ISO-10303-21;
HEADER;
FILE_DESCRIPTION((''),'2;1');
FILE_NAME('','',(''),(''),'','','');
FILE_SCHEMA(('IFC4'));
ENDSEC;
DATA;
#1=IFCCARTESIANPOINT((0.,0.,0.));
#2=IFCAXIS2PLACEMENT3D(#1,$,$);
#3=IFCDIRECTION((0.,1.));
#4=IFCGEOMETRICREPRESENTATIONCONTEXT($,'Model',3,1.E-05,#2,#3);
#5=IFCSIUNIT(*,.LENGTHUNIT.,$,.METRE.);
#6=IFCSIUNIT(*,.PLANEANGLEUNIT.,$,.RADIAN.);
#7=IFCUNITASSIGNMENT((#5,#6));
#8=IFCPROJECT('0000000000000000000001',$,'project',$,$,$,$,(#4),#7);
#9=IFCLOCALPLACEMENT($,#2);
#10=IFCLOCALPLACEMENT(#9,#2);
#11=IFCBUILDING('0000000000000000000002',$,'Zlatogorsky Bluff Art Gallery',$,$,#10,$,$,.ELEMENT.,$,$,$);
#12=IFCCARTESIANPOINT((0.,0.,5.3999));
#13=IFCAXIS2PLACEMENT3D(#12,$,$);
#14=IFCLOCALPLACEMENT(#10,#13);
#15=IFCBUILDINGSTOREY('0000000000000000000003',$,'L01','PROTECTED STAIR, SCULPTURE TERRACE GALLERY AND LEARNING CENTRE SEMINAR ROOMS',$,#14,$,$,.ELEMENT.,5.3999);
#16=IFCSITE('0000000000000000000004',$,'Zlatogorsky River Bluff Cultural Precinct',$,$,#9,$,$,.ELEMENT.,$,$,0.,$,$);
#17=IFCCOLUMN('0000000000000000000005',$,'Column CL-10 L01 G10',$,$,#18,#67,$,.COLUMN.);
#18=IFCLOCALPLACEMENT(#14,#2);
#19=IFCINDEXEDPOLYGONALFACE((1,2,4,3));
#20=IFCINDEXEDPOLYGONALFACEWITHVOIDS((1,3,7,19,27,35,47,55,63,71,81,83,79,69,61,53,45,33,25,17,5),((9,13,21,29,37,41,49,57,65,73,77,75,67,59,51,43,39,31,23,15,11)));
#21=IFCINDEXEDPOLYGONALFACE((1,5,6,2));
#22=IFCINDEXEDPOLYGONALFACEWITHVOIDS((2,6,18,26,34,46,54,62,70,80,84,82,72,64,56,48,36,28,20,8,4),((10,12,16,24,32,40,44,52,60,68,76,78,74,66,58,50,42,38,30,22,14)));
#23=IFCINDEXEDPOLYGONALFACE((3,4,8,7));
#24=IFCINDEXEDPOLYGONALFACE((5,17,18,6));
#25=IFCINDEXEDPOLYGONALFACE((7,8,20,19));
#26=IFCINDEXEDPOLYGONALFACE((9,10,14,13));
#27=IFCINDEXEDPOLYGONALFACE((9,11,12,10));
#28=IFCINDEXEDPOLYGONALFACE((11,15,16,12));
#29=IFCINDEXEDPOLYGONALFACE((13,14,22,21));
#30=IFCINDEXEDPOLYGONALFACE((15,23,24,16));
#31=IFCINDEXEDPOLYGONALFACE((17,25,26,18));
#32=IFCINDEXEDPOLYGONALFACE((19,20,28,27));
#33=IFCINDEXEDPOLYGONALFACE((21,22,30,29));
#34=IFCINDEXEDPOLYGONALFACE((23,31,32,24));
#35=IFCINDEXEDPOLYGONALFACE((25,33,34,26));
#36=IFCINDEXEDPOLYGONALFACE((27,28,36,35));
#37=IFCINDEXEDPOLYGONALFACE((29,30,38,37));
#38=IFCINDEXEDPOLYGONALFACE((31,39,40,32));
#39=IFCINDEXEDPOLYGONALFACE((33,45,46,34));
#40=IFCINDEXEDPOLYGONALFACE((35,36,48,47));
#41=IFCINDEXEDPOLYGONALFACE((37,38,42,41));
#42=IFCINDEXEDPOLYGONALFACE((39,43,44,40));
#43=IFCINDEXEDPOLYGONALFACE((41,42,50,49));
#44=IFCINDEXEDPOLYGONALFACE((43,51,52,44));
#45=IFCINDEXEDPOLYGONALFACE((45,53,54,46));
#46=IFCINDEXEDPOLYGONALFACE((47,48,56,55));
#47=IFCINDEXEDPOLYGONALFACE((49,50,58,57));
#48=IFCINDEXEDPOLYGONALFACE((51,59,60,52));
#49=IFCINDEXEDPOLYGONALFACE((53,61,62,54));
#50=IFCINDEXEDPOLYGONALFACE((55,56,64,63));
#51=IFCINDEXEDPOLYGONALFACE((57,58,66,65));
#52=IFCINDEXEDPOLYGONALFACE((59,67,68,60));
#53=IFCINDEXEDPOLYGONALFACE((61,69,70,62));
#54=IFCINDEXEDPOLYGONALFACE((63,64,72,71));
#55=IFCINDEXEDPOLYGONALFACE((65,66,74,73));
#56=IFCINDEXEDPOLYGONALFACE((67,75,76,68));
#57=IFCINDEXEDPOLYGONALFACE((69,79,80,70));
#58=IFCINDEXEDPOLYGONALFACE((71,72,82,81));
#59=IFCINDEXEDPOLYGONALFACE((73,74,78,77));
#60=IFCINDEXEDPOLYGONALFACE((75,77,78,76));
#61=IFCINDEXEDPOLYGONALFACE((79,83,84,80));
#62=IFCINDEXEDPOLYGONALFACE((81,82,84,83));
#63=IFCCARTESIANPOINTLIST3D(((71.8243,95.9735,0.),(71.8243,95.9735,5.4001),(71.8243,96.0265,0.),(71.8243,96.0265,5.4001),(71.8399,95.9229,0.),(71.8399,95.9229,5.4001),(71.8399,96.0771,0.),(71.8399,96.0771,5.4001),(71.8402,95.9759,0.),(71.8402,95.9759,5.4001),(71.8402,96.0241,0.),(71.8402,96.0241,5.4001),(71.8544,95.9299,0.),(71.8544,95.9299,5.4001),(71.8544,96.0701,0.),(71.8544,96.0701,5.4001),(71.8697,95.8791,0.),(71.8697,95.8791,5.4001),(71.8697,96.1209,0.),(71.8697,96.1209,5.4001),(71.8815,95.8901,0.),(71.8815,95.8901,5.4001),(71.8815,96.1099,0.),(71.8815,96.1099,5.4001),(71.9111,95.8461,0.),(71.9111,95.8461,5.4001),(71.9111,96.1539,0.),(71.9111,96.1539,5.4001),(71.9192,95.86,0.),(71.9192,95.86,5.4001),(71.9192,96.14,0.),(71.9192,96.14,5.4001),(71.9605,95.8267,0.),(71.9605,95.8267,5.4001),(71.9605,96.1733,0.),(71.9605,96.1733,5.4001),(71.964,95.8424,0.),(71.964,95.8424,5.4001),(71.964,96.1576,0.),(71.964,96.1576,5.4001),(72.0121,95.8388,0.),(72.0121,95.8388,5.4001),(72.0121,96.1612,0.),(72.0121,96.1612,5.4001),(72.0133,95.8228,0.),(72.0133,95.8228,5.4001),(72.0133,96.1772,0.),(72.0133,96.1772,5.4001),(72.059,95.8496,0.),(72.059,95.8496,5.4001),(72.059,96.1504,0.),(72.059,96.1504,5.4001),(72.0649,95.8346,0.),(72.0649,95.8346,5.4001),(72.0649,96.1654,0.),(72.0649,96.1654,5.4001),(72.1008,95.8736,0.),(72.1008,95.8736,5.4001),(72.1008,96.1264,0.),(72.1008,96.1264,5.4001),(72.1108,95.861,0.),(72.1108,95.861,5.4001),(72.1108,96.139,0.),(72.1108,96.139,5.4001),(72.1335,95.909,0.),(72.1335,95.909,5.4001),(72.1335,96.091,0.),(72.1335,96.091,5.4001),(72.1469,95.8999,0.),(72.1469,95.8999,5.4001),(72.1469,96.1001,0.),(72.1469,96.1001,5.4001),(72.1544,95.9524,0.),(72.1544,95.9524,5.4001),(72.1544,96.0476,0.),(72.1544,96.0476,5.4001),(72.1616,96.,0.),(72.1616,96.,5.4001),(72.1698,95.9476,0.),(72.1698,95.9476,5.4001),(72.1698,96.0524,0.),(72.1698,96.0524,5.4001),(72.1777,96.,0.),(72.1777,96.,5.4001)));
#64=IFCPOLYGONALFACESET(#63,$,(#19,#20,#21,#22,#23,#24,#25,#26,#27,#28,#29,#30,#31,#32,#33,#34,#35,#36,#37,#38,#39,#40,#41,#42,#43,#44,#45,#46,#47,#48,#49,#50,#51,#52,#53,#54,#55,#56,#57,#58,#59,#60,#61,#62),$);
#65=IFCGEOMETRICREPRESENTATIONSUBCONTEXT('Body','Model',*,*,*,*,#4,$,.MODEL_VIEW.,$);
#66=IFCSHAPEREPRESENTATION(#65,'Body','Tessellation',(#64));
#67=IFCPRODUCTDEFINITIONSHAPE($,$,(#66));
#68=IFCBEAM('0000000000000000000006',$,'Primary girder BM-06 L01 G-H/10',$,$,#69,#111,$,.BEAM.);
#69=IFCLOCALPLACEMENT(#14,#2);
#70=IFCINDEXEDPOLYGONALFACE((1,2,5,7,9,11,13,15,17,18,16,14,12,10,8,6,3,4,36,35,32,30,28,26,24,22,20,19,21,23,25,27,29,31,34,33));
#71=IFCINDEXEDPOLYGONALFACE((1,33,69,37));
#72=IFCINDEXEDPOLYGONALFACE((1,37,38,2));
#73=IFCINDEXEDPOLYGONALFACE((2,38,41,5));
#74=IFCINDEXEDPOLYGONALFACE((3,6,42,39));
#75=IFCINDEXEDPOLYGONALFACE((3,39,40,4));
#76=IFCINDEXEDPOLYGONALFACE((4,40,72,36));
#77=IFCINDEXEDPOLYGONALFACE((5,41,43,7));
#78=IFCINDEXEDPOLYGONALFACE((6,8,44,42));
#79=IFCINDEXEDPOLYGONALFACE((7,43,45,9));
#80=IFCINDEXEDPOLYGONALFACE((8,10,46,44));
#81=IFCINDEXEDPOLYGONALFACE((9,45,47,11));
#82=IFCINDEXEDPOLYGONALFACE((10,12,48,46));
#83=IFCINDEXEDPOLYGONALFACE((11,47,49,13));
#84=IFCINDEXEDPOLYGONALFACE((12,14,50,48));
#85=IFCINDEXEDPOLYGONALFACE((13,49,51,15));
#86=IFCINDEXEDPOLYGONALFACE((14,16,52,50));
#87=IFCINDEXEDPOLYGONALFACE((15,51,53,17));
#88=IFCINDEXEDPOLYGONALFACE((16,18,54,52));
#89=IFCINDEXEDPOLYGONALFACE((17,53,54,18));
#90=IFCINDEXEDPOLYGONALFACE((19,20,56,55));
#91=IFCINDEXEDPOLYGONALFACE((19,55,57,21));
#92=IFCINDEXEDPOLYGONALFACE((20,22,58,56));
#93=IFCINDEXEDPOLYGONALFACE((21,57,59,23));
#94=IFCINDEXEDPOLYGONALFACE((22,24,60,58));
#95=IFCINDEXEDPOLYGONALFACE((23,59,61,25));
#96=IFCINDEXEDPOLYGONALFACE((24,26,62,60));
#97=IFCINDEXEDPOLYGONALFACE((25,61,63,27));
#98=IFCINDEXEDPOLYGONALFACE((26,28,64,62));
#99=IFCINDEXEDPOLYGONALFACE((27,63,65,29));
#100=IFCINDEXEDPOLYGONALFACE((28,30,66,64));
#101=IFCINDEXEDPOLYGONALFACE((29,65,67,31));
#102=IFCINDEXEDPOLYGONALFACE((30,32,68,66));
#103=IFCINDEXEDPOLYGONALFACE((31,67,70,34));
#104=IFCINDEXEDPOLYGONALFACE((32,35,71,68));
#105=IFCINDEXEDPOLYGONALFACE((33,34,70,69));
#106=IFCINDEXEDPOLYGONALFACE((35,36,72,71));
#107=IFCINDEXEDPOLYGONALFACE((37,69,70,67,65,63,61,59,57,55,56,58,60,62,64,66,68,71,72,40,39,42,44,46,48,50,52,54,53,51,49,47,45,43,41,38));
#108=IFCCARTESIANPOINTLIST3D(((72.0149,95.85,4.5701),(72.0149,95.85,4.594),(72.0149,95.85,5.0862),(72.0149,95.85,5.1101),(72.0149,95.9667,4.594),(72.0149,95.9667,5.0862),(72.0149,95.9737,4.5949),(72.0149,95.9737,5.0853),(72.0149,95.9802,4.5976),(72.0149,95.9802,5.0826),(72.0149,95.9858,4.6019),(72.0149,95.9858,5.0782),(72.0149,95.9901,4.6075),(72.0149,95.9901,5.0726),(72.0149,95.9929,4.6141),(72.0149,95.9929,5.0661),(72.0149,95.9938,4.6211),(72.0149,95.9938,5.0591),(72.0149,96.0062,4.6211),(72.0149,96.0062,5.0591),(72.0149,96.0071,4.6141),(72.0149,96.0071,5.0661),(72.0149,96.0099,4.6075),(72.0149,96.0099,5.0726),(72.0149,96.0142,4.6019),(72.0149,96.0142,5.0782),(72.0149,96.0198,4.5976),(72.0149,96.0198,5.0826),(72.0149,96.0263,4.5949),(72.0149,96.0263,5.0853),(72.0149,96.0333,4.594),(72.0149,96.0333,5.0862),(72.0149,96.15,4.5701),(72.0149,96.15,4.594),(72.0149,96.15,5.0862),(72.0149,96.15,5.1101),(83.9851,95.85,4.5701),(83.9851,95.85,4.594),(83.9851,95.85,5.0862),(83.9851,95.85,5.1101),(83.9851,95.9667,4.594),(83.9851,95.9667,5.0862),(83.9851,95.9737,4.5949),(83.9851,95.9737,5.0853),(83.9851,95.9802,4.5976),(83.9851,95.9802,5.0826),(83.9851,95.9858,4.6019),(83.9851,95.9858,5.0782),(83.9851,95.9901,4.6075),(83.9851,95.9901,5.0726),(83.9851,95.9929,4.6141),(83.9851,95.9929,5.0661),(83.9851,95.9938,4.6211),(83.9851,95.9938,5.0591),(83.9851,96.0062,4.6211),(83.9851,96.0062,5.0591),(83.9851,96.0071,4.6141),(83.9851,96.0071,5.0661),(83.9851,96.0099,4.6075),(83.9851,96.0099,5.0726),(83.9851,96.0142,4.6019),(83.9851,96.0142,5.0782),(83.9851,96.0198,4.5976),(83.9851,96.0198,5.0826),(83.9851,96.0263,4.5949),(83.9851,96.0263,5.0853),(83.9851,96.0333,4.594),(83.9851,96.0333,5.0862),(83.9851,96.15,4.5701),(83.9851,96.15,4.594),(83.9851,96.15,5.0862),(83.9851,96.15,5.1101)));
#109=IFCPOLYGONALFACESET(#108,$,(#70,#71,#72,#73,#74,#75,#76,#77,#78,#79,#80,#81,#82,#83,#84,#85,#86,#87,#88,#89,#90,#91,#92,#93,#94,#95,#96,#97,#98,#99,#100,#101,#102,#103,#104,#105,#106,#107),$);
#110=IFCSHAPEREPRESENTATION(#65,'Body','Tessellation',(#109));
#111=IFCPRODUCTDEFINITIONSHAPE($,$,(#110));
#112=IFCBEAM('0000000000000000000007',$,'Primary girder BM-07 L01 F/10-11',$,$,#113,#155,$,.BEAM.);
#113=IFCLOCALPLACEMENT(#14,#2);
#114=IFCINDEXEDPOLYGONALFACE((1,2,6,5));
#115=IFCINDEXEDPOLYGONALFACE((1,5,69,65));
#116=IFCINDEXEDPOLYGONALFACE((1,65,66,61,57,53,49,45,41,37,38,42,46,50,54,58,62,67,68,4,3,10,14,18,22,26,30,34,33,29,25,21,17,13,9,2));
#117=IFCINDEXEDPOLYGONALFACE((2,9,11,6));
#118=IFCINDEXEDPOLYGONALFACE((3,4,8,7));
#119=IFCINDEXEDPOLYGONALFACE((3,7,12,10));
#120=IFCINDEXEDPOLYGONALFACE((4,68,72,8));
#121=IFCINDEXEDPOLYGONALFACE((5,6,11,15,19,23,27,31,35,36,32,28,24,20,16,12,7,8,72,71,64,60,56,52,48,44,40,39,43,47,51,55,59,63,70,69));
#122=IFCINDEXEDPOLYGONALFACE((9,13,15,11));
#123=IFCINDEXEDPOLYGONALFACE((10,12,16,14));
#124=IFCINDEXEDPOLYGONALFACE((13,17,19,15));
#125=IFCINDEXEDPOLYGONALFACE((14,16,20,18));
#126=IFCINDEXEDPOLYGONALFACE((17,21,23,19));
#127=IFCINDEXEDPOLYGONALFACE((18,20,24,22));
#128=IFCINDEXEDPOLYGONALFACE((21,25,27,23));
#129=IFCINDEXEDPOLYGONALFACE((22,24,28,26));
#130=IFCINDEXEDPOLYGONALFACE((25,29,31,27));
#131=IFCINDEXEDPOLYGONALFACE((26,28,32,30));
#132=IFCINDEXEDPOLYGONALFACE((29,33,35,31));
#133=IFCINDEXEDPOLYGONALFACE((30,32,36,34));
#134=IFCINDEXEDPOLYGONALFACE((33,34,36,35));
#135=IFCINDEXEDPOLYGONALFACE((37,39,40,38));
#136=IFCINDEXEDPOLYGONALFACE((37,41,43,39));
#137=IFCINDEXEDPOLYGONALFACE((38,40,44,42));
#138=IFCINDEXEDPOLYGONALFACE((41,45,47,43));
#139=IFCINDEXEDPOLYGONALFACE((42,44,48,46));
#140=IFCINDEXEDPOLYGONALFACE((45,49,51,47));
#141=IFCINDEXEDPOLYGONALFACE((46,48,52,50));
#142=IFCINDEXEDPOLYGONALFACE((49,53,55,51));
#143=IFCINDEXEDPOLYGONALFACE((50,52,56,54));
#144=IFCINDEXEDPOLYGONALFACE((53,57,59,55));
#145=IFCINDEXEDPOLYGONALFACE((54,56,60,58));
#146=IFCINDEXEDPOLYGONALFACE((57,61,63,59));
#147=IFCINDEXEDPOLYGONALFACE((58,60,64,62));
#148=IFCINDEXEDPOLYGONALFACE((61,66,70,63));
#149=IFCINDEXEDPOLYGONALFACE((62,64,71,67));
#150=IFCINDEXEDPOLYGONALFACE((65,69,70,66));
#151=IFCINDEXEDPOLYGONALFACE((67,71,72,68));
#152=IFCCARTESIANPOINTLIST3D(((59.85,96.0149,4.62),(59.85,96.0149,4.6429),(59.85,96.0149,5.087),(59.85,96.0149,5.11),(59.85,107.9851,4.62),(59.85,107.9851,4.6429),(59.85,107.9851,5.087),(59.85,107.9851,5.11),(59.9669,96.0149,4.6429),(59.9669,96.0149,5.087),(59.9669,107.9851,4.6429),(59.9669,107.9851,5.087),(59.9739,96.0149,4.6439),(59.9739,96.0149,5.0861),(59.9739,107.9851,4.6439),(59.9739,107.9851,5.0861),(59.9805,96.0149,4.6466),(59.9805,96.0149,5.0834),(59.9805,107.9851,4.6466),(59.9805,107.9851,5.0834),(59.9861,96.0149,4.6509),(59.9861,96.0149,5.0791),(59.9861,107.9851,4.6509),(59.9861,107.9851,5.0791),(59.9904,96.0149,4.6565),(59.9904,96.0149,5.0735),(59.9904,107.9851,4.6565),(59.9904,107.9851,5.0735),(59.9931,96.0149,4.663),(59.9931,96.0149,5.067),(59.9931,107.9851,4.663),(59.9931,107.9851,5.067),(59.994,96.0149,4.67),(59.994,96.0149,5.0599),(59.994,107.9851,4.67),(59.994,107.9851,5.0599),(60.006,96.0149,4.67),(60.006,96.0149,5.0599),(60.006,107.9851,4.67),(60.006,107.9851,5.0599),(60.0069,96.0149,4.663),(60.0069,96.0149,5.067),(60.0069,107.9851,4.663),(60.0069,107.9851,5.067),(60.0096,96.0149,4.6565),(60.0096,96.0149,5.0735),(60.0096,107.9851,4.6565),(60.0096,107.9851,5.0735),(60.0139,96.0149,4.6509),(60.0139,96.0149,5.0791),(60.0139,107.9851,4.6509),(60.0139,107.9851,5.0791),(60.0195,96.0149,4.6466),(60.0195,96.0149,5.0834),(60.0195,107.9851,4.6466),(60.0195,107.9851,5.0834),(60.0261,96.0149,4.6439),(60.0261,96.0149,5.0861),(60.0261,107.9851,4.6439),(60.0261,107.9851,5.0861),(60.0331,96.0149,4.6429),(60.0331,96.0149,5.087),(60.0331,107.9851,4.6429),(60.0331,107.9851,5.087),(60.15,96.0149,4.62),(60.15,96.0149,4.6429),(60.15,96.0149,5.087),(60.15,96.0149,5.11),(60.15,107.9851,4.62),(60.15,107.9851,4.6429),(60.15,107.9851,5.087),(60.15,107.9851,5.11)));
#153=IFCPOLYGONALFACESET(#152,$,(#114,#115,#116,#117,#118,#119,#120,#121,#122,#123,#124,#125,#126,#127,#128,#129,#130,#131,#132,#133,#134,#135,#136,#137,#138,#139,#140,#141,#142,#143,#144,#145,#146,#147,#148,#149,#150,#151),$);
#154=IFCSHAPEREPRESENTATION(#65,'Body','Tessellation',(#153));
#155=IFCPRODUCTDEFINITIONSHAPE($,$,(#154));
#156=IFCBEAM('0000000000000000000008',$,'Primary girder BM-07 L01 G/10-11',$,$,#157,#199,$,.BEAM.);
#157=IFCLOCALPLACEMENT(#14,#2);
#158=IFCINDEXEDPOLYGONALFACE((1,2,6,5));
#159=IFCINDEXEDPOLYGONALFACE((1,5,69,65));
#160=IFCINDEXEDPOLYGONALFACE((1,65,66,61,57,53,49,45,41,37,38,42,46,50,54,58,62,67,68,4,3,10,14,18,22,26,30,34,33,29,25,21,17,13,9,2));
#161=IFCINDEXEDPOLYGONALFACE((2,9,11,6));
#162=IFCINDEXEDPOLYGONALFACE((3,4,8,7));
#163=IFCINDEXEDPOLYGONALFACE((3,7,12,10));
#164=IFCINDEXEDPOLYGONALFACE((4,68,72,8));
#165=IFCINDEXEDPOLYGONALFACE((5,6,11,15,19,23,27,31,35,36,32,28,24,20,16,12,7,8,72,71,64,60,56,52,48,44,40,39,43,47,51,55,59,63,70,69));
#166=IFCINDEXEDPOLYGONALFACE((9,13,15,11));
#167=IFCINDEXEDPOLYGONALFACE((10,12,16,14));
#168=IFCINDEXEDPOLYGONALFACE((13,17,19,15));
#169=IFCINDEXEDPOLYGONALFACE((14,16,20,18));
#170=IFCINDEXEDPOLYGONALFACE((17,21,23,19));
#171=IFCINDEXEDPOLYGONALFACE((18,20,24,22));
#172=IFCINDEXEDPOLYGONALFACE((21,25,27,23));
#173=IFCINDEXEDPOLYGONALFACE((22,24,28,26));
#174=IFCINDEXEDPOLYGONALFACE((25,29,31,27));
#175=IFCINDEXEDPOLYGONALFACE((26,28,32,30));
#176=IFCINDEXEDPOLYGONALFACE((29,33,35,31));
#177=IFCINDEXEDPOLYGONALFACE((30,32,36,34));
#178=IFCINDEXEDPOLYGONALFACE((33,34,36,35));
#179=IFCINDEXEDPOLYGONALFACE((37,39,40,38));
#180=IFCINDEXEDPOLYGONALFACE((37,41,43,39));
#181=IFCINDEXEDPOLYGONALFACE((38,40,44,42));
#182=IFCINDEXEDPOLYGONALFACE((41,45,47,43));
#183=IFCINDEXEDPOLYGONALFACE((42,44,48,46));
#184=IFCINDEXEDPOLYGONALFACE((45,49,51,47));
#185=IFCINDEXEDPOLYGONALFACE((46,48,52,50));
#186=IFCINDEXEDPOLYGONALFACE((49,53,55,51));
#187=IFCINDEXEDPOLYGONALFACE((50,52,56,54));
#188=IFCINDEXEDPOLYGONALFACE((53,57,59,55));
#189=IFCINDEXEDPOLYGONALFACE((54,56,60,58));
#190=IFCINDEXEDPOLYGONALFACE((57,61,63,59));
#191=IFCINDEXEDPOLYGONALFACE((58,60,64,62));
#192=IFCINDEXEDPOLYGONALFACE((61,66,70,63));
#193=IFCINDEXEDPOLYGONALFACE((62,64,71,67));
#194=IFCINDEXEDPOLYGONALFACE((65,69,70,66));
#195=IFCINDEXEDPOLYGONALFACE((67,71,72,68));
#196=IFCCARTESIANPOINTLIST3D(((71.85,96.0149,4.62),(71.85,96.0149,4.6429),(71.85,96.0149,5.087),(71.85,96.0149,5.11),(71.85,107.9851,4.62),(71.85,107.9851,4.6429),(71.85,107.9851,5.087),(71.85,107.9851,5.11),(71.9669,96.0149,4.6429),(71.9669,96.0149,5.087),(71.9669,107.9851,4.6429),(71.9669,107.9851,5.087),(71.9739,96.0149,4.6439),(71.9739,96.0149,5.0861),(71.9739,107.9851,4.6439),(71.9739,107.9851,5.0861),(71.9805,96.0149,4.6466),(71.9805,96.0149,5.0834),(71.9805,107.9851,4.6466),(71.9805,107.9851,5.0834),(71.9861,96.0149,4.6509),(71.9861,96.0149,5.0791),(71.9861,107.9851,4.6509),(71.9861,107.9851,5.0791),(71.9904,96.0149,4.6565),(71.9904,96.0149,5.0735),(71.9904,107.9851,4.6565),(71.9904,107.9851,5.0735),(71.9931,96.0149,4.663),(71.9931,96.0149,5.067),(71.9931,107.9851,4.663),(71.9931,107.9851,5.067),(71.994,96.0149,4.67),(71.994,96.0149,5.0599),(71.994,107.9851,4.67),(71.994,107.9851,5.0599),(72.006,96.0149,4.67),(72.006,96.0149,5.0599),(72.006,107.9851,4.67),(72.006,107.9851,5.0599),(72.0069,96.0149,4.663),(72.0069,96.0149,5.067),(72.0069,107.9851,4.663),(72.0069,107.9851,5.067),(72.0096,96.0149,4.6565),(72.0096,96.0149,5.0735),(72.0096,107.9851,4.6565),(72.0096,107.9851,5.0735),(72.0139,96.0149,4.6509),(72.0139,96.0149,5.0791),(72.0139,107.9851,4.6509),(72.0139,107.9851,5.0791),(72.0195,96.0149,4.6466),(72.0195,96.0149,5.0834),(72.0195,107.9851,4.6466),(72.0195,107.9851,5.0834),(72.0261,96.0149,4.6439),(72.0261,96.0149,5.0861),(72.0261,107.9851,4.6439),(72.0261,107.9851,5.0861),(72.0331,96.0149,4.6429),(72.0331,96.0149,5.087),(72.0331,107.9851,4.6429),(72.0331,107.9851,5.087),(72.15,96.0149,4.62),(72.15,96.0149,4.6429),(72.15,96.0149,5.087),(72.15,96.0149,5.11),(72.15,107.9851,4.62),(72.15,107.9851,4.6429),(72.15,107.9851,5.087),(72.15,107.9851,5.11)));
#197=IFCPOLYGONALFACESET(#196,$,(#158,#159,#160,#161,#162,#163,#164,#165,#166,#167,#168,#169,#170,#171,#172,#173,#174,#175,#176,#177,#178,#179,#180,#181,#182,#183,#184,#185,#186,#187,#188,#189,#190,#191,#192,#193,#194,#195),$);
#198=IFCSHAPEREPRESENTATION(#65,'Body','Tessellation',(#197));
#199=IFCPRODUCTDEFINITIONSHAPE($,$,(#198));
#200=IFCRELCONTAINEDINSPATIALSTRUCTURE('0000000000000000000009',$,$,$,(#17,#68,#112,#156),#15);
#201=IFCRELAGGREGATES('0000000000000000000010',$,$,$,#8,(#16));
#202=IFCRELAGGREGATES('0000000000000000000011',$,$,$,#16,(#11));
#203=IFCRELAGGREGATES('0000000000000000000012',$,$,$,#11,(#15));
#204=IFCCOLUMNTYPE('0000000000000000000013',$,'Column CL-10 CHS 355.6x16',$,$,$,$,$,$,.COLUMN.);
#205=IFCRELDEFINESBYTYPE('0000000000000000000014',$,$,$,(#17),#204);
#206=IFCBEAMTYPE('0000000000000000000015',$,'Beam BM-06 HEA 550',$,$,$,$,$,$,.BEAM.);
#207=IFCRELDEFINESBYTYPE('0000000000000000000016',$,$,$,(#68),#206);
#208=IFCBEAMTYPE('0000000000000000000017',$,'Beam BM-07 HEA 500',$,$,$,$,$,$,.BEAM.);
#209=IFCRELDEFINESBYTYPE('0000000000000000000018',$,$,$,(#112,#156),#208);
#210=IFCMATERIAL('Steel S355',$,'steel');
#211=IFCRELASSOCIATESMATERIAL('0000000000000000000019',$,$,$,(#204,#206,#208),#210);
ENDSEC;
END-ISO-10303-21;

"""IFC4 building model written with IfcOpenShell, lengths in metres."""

from ifc_helpers import new_model, si_unit, direction, frame, origin, origin_2d, place, context, subcontext, project, spatial, hollow_circle, i_section, extrude, material, material_profile, profile_set, type_object, element, save


model = new_model("IFC4")

# Units and contexts
model_context = context("Model", 3, precision=1e-05, world=origin(), true_north=direction((0.0, 1.0)))
body_context = subcontext(model_context, "Body", "Model", "MODEL_VIEW")
ifc_project = project(units=[si_unit("LENGTHUNIT", "METRE"), si_unit("PLANEANGLEUNIT", "RADIAN")], contexts=[model_context])

# Site, building, storey
site_placement = place(None, origin())
site = spatial("IfcSite", under=ifc_project, at=site_placement, Name="Zlatogorsky River Bluff Cultural Precinct", CompositionType="ELEMENT", RefElevation=0.0)
building_placement = place(site_placement, origin())
building = spatial("IfcBuilding", under=site, at=building_placement, Name="Zlatogorsky Bluff Art Gallery", CompositionType="ELEMENT")
storey_placement = place(building_placement, frame((0.0, 0.0, 5.3999)))
storey = spatial("IfcBuildingStorey", under=building, at=storey_placement, Name="L01", Description="PROTECTED STAIR, SCULPTURE TERRACE GALLERY AND LEARNING CENTRE SEMINAR ROOMS", CompositionType="ELEMENT", Elevation=5.3999)

# Column
ifc_material_1 = material(Name="Steel S355", Category="steel")
ifc_material_profile_1 = material_profile(ifc_material_1, hollow_circle(Radius=0.1777, WallThickness=0.0161, at=origin_2d()), Name="CHS 355.6x16")
ifc_profile_set_1 = profile_set([ifc_material_profile_1], Name="Steel S355")
column_type = type_object("IfcColumnType", Name="Column CL-10 CHS 355.6x16", PredefinedType="COLUMN", material=ifc_profile_set_1)
column_placement = place(storey_placement, frame((72.0, 96.0, 0.0), z_axis=(0.0, 0.0, 1.0), x_axis=(1.0, 0.0, 0.0)))
element("IfcColumn", 1, at=column_placement, inside=storey, type_object=column_type, Name="Column CL-10 L01 G10", PredefinedType="COLUMN", context=body_context, shape_type="SweptSolid", body=[
    extrude(hollow_circle(Radius=0.1777, WallThickness=0.0161, at=origin_2d()), origin(), (0.0, 0.0, 1.0), 5.4001),
])

# Beams
ifc_material_profile_2 = material_profile(ifc_material_1, i_section(OverallWidth=0.3, OverallDepth=0.54, WebThickness=0.0125, FlangeThickness=0.0239, FilletRadius=0.0271, at=origin_2d()), Name="HEA 550")
ifc_profile_set_2 = profile_set([ifc_material_profile_2], Name="Steel S355")
beam_type_1 = type_object("IfcBeamType", Name="Beam BM-06 HEA 550", PredefinedType="BEAM", material=ifc_profile_set_2)
beam_placement = place(storey_placement, frame((72.0149, 96.0, 4.8401), z_axis=(1.0, 0.0, 0.0), x_axis=(0.0, 1.0, 0.0)))
element("IfcBeam", 2, at=beam_placement, inside=storey, type_object=beam_type_1, Name="Primary girder BM-06 L01 G-H/10", PredefinedType="BEAM", context=body_context, shape_type="SweptSolid", body=[
    extrude(i_section(OverallWidth=0.3, OverallDepth=0.54, WebThickness=0.0125, FlangeThickness=0.0239, FilletRadius=0.0271, at=origin_2d()), origin(), (0.0, 0.0, 1.0), 11.9702),
])
ifc_material_profile_3 = material_profile(ifc_material_1, i_section(OverallWidth=0.3, OverallDepth=0.49, WebThickness=0.012, FlangeThickness=0.0229, FilletRadius=0.0271, at=origin_2d()), Name="HEA 500")
ifc_profile_set_3 = profile_set([ifc_material_profile_3], Name="Steel S355")
beam_type_2 = type_object("IfcBeamType", Name="Beam BM-07 HEA 500", PredefinedType="BEAM", material=ifc_profile_set_3)
for number, where, z_axis, x_axis, name in (
    (3, (60.0, 96.0149, 4.865), (0.0, 1.0, 0.0), (-1.0, 0.0, 0.0), "Primary girder BM-07 L01 F/10-11"),
    (4, (72.0, 96.0149, 4.865), (0.0, 1.0, 0.0), (-1.0, 0.0, 0.0), "Primary girder BM-07 L01 G/10-11"),
):
    element("IfcBeam", number, at=place(storey_placement, frame(where, z_axis=z_axis, x_axis=x_axis)), inside=storey, type_object=beam_type_2, Name=name, PredefinedType="BEAM", context=body_context, shape_type="SweptSolid", body=[
        extrude(i_section(OverallWidth=0.3, OverallDepth=0.49, WebThickness=0.012, FlangeThickness=0.0229, FilletRadius=0.0271, at=origin_2d()), origin(), (0.0, 0.0, 1.0), 11.9702),
    ])

save(model, "model.ifc")
